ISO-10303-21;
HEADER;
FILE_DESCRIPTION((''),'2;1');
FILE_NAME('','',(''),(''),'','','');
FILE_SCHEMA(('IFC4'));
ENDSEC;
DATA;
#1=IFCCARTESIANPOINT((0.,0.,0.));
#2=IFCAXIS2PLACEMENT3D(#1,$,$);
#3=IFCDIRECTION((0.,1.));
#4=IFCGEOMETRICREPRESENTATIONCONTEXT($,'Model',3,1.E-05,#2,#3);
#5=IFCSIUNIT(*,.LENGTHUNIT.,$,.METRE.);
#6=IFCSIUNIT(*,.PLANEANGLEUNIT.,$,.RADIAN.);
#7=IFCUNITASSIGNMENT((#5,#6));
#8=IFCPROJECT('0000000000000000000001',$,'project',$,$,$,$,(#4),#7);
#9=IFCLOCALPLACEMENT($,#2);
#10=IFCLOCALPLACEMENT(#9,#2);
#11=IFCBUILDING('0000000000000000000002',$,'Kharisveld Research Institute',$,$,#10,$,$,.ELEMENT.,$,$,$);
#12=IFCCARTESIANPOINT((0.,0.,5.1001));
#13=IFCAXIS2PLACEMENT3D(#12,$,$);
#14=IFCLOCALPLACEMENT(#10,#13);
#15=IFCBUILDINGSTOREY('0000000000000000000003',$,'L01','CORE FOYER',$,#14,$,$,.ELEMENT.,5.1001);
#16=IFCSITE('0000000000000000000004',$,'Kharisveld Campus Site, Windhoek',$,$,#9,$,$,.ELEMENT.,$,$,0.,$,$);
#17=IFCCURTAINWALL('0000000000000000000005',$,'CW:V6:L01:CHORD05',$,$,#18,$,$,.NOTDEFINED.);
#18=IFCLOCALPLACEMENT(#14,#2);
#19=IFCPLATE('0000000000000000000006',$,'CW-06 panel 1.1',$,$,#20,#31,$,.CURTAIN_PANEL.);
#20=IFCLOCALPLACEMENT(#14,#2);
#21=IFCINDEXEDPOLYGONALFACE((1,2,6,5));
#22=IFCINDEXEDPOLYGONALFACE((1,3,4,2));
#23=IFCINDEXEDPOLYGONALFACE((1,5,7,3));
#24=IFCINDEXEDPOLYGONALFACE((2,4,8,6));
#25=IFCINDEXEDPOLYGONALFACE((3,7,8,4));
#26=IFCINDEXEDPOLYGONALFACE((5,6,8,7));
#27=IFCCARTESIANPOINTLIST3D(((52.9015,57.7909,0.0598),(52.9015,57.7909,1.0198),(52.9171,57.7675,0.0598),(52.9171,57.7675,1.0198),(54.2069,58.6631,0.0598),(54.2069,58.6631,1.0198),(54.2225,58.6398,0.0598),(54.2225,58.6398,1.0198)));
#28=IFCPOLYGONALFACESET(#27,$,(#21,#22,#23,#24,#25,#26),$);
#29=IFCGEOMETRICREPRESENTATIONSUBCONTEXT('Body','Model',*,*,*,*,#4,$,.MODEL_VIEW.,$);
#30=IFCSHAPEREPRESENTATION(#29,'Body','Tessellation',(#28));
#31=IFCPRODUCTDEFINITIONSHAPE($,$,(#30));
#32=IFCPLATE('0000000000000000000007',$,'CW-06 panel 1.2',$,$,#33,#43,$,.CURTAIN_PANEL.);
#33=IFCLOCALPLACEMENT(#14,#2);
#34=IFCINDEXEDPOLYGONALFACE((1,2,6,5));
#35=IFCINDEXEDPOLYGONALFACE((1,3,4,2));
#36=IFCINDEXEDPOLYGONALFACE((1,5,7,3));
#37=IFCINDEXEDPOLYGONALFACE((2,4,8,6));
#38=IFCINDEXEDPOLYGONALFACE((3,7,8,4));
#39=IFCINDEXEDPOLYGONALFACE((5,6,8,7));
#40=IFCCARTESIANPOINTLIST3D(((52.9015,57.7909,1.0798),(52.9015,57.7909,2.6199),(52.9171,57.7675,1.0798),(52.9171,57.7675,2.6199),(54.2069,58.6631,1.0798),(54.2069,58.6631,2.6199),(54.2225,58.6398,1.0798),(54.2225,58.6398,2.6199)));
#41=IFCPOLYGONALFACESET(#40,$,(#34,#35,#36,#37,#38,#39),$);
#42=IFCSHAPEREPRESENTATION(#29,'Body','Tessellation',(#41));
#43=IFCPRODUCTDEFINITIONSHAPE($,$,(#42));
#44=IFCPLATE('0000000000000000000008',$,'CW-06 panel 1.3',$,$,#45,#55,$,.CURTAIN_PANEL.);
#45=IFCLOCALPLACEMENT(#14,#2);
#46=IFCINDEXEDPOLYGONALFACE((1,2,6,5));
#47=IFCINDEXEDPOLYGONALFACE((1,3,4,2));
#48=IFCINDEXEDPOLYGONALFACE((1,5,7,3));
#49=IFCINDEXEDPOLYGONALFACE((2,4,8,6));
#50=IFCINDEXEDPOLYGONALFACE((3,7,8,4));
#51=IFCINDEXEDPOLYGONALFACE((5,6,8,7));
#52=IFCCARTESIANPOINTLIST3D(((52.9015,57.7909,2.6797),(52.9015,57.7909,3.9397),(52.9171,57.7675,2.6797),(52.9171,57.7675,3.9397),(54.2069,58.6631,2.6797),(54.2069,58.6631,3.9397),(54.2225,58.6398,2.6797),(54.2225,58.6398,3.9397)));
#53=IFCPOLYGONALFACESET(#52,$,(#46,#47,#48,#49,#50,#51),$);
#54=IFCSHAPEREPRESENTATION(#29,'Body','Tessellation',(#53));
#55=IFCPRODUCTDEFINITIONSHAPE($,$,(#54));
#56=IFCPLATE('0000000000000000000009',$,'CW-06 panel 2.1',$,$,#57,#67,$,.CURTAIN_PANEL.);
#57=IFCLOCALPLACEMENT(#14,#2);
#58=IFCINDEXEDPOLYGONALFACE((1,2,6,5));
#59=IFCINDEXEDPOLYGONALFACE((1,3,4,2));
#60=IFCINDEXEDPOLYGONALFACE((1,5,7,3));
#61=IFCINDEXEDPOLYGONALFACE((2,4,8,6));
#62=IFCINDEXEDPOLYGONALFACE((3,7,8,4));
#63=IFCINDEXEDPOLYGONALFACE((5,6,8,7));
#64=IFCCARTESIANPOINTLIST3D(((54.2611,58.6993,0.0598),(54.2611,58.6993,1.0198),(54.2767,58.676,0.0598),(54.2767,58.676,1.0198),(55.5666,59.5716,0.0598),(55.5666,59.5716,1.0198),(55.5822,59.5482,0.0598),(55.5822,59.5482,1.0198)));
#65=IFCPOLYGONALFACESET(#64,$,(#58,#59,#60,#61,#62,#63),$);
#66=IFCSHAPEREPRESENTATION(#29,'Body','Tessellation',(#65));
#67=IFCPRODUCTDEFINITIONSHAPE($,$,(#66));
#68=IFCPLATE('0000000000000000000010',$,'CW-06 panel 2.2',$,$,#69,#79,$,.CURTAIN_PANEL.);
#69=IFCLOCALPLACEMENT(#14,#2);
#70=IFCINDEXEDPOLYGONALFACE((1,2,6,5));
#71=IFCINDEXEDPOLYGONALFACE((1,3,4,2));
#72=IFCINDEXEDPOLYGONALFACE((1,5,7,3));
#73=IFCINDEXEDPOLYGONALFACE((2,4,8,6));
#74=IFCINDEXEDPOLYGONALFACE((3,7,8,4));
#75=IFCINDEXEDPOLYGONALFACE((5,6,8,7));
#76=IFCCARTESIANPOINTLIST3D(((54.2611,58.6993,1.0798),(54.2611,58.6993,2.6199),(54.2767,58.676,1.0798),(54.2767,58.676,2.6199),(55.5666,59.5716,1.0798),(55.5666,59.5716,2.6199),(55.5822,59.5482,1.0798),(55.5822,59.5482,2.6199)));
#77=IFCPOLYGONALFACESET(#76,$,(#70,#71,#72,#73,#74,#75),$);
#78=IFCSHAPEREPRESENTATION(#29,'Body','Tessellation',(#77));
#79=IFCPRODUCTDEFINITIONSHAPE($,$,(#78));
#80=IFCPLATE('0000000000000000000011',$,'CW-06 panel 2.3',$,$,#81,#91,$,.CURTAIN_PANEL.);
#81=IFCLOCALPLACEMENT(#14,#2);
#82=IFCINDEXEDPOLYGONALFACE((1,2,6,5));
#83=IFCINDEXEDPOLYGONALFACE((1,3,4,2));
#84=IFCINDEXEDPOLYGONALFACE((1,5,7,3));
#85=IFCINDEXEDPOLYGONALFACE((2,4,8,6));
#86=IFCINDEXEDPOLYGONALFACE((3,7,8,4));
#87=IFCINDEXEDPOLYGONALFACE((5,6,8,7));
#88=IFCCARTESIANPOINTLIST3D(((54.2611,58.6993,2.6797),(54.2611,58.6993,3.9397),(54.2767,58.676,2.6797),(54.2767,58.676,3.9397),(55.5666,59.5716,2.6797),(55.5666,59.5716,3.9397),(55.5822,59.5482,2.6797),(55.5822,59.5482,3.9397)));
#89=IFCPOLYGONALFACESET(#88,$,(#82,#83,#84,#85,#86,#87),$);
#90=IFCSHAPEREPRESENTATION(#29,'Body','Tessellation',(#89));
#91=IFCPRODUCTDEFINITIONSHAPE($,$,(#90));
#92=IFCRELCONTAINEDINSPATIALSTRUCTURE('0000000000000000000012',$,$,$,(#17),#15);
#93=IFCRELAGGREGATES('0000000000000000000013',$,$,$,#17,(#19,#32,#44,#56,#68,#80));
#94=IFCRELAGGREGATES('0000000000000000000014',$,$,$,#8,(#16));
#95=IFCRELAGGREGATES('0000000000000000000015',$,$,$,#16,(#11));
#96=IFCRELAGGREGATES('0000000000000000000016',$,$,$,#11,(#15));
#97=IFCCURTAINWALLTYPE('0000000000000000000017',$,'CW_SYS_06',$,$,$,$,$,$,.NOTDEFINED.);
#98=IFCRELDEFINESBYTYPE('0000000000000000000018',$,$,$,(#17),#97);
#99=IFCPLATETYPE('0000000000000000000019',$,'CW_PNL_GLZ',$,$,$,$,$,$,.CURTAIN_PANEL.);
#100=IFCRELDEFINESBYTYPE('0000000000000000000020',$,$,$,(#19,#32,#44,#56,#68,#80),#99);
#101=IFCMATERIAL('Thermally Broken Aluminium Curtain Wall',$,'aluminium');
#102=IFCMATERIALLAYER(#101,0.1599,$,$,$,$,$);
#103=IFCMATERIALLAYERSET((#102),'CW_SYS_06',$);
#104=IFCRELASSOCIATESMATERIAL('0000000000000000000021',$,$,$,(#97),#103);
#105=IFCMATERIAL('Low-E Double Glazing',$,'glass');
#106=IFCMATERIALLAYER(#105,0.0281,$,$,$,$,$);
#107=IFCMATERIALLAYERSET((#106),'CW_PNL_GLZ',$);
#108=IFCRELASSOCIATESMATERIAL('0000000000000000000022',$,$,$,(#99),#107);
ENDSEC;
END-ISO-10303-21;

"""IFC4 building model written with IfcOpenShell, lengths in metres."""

from ifc_helpers import new_model, si_unit, direction, frame, origin, origin_2d, place, context, subcontext, project, spatial, rectangle, extrude, material, layer, layer_set, type_object, element, aggregate, save


model = new_model("IFC4")

# Units and contexts
model_context = context("Model", 3, precision=1e-05, world=origin(), true_north=direction((0.0, 1.0)))
body_context = subcontext(model_context, "Body", "Model", "MODEL_VIEW")
ifc_project = project(units=[si_unit("LENGTHUNIT", "METRE"), si_unit("PLANEANGLEUNIT", "RADIAN")], contexts=[model_context])

# Site, building, storey
site_placement = place(None, origin())
site = spatial("IfcSite", under=ifc_project, at=site_placement, Name="Kharisveld Campus Site, Windhoek", CompositionType="ELEMENT", RefElevation=0.0)
building_placement = place(site_placement, origin())
building = spatial("IfcBuilding", under=site, at=building_placement, Name="Kharisveld Research Institute", CompositionType="ELEMENT")
storey_placement = place(building_placement, frame((0.0, 0.0, 5.1001)))
storey = spatial("IfcBuildingStorey", under=building, at=storey_placement, Name="L01", Description="CORE FOYER", CompositionType="ELEMENT", Elevation=5.1001)

# Curtain wall
ifc_material_1 = material(Name="Thermally Broken Aluminium Curtain Wall", Category="aluminium")
ifc_layer_1 = layer(ifc_material_1, 0.1599)
ifc_layer_set_1 = layer_set([ifc_layer_1], Name="CW_SYS_06")
curtain_wall_type_1 = type_object("IfcCurtainWallType", Name="CW_SYS_06", PredefinedType="NOTDEFINED", material=ifc_layer_set_1)
curtain_wall_1_placement = place(storey_placement, origin())
curtain_wall_1 = element("IfcCurtainWall", 1, at=curtain_wall_1_placement, inside=storey, type_object=curtain_wall_type_1, Name="CW:V6:L01:CHORD05", PredefinedType="NOTDEFINED")

# Plates
ifc_material_2 = material(Name="Low-E Double Glazing", Category="glass")
ifc_layer_2 = layer(ifc_material_2, 0.0281)
ifc_layer_set_2 = layer_set([ifc_layer_2], Name="CW_PNL_GLZ")
plate_type = type_object("IfcPlateType", Name="CW_PNL_GLZ", PredefinedType="CURTAIN_PANEL", material=ifc_layer_set_2)
plate_1_placement = place(storey_placement, frame((53.562, 58.2153, 0.0598), z_axis=(0.0, 0.0, 1.0), x_axis=(0.83147, 0.55557, 0.0)))
plate_1 = element("IfcPlate", 2, at=plate_1_placement, type_object=plate_type, Name="CW-06 panel 1.1", PredefinedType="CURTAIN_PANEL", context=body_context, shape_type="SweptSolid", body=[
    extrude(rectangle(XDim=1.5701, YDim=0.0281, at=origin_2d()), origin(), (0.0, 0.0, 1.0), 0.96),
])
plate_2_placement = place(storey_placement, frame((53.562, 58.2153, 1.0798), z_axis=(0.0, 0.0, 1.0), x_axis=(0.83147, 0.55557, 0.0)))
plate_2 = element("IfcPlate", 3, at=plate_2_placement, type_object=plate_type, Name="CW-06 panel 1.2", PredefinedType="CURTAIN_PANEL", context=body_context, shape_type="SweptSolid", body=[
    extrude(rectangle(XDim=1.5701, YDim=0.0281, at=origin_2d()), origin(), (0.0, 0.0, 1.0), 1.54),
])
plate_3_placement = place(storey_placement, frame((53.562, 58.2153, 2.6797), z_axis=(0.0, 0.0, 1.0), x_axis=(0.83147, 0.55557, 0.0)))
plate_3 = element("IfcPlate", 4, at=plate_3_placement, type_object=plate_type, Name="CW-06 panel 1.3", PredefinedType="CURTAIN_PANEL", context=body_context, shape_type="SweptSolid", body=[
    extrude(rectangle(XDim=1.5701, YDim=0.0281, at=origin_2d()), origin(), (0.0, 0.0, 1.0), 1.26),
])
plate_4_placement = place(storey_placement, frame((54.9216, 59.1238, 0.0598), z_axis=(0.0, 0.0, 1.0), x_axis=(0.83147, 0.55557, 0.0)))
plate_4 = element("IfcPlate", 5, at=plate_4_placement, type_object=plate_type, Name="CW-06 panel 2.1", PredefinedType="CURTAIN_PANEL", context=body_context, shape_type="SweptSolid", body=[
    extrude(rectangle(XDim=1.5701, YDim=0.0281, at=origin_2d()), origin(), (0.0, 0.0, 1.0), 0.96),
])
plate_5_placement = place(storey_placement, frame((54.9216, 59.1238, 1.0798), z_axis=(0.0, 0.0, 1.0), x_axis=(0.83147, 0.55557, 0.0)))
plate_5 = element("IfcPlate", 6, at=plate_5_placement, type_object=plate_type, Name="CW-06 panel 2.2", PredefinedType="CURTAIN_PANEL", context=body_context, shape_type="SweptSolid", body=[
    extrude(rectangle(XDim=1.5701, YDim=0.0281, at=origin_2d()), origin(), (0.0, 0.0, 1.0), 1.54),
])
plate_6_placement = place(storey_placement, frame((54.9216, 59.1238, 2.6797), z_axis=(0.0, 0.0, 1.0), x_axis=(0.83147, 0.55557, 0.0)))
plate_6 = element("IfcPlate", 7, at=plate_6_placement, type_object=plate_type, Name="CW-06 panel 2.3", PredefinedType="CURTAIN_PANEL", context=body_context, shape_type="SweptSolid", body=[
    extrude(rectangle(XDim=1.5701, YDim=0.0281, at=origin_2d()), origin(), (0.0, 0.0, 1.0), 1.26),
])
aggregate(curtain_wall_1, [plate_1, plate_2, plate_3, plate_4, plate_5, plate_6])

save(model, "model.ifc")
